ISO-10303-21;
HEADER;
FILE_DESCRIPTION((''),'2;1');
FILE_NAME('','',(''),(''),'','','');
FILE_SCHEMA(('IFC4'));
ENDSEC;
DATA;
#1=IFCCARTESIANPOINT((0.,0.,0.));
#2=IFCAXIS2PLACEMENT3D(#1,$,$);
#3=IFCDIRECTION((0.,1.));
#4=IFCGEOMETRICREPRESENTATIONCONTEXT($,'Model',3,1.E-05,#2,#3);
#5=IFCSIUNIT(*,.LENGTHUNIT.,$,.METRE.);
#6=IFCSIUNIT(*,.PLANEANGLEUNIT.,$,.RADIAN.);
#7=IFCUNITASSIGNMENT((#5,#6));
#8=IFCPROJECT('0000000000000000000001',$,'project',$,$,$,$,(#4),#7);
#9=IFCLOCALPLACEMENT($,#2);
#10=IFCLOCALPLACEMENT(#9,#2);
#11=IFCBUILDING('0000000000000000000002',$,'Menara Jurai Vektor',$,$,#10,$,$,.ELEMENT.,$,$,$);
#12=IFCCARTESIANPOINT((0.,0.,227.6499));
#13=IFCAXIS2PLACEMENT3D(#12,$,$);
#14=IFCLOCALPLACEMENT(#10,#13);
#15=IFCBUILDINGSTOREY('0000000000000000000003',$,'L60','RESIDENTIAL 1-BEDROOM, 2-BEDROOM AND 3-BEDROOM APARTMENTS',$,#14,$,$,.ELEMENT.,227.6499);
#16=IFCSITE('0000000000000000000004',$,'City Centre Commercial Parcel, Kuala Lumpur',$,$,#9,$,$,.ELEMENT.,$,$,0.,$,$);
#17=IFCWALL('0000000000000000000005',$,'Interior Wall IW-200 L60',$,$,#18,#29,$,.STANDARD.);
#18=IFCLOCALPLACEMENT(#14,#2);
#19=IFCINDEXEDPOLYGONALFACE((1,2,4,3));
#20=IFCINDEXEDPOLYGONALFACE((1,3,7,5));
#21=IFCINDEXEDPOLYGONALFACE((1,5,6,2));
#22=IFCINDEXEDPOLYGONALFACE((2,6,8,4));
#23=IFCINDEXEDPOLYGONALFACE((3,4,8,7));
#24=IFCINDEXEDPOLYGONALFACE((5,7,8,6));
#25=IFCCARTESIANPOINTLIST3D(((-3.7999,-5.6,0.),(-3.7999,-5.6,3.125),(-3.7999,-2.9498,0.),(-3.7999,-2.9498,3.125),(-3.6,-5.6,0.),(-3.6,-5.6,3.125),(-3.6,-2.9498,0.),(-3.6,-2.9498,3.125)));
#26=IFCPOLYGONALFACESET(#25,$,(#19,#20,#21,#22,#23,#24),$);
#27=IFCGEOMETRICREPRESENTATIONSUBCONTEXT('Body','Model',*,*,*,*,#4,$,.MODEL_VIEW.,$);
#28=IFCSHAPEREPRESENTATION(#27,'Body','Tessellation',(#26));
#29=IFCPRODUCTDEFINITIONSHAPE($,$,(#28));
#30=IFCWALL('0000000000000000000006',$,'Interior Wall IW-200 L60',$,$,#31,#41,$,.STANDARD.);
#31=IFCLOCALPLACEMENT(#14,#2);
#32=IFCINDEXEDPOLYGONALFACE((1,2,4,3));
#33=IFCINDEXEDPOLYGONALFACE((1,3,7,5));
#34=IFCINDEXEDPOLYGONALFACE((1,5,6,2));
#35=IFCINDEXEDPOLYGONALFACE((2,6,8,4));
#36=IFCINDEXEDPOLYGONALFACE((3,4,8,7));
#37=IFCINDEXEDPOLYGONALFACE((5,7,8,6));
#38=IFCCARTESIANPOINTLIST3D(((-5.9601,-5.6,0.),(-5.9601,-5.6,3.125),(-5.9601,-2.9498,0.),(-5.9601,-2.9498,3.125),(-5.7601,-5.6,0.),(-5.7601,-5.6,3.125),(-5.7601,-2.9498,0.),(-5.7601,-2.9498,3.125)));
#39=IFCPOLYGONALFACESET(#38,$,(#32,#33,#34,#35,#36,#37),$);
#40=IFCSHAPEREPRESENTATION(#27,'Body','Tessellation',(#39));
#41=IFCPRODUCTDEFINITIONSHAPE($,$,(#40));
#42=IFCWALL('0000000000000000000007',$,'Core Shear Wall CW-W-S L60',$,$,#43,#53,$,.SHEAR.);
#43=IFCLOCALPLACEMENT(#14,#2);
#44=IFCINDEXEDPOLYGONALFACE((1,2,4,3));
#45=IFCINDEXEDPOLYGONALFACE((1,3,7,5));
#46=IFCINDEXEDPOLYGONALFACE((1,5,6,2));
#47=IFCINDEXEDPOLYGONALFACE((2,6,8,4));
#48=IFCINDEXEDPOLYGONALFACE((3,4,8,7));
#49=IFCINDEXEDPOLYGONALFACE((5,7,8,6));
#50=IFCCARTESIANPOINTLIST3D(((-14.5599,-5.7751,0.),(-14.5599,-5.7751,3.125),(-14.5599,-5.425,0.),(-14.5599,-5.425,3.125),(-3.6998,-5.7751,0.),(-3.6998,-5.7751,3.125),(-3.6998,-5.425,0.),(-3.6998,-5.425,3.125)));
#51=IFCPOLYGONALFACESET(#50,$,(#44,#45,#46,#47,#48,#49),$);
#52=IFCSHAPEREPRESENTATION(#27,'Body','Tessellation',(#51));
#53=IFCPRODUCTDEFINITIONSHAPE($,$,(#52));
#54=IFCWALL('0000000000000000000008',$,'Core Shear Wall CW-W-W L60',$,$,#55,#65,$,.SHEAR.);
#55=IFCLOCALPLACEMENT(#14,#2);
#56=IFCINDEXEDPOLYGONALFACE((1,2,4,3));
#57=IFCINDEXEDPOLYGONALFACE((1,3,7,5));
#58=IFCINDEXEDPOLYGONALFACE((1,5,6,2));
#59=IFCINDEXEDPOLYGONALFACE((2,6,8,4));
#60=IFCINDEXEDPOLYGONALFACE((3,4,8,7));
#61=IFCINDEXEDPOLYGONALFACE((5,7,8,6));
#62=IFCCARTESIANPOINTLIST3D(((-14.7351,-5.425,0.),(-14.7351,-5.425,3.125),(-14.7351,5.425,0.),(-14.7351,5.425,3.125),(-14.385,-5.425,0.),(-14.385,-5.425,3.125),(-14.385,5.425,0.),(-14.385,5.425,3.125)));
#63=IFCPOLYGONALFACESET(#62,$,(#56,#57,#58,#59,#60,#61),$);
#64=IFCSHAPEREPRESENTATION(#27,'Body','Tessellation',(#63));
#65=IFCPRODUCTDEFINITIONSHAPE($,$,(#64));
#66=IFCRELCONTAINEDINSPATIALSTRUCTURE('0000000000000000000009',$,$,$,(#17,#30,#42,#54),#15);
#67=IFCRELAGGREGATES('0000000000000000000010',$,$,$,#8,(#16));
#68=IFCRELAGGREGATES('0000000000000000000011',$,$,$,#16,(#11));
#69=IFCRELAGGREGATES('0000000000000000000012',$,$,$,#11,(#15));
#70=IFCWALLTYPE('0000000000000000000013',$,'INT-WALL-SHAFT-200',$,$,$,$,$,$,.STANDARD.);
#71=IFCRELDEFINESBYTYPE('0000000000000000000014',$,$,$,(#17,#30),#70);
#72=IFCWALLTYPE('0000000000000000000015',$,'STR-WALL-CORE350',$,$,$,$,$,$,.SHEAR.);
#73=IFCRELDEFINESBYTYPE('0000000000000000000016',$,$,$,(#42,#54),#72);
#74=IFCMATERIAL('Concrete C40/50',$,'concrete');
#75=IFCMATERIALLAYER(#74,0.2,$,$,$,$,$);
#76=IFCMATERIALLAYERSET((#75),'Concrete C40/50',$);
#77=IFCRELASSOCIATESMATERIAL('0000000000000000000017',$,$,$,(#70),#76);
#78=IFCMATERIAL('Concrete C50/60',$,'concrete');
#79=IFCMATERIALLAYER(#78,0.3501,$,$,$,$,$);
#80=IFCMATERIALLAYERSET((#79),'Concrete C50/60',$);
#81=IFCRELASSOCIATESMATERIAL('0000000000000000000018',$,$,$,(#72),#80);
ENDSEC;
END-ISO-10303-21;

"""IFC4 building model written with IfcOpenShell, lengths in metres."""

from ifc_helpers import new_model, si_unit, direction, frame, frame_2d, origin, place, context, subcontext, project, spatial, rectangle, extrude, material, layer, layer_set, type_object, element, save


model = new_model("IFC4")

# Units and contexts
model_context = context("Model", 3, precision=1e-05, world=origin(), true_north=direction((0.0, 1.0)))
body_context = subcontext(model_context, "Body", "Model", "MODEL_VIEW")
ifc_project = project(units=[si_unit("LENGTHUNIT", "METRE"), si_unit("PLANEANGLEUNIT", "RADIAN")], contexts=[model_context])

# Site, building, storey
site_placement = place(None, origin())
site = spatial("IfcSite", under=ifc_project, at=site_placement, Name="City Centre Commercial Parcel, Kuala Lumpur", CompositionType="ELEMENT", RefElevation=0.0)
building_placement = place(site_placement, origin())
building = spatial("IfcBuilding", under=site, at=building_placement, Name="Menara Jurai Vektor", CompositionType="ELEMENT")
storey_placement = place(building_placement, frame((0.0, 0.0, 227.6499)))
storey = spatial("IfcBuildingStorey", under=building, at=storey_placement, Name="L60", Description="RESIDENTIAL 1-BEDROOM, 2-BEDROOM AND 3-BEDROOM APARTMENTS", CompositionType="ELEMENT", Elevation=227.6499)

# Shared definitions
ifc_material_1 = material(Name="Concrete C50/60", Category="concrete")

# Wall
ifc_material_2 = material(Name="Concrete C40/50", Category="concrete")
ifc_layer_1 = layer(ifc_material_2, 0.2)
ifc_layer_set_1 = layer_set([ifc_layer_1], Name="Concrete C40/50")
wall_type_1 = type_object("IfcWallType", Name="INT-WALL-SHAFT-200", PredefinedType="STANDARD", material=ifc_layer_set_1)
wall_1_placement = place(storey_placement, frame((-3.7, -5.6001, 0.0), z_axis=(0.0, 0.0, 1.0), x_axis=(0.0, 1.0, 0.0)))
element("IfcWall", 1, at=wall_1_placement, inside=storey, type_object=wall_type_1, Name="Interior Wall IW-200 L60", PredefinedType="STANDARD", context=body_context, shape_type="SweptSolid", body=[
    extrude(rectangle(XDim=2.6501, YDim=0.2, at=frame_2d((1.3252, 0.0))), origin(), (0.0, 0.0, 1.0), 3.125),
])

# Walls
wall_2_placement = place(storey_placement, frame((-5.8601, -5.6001, 0.0), z_axis=(0.0, 0.0, 1.0), x_axis=(0.0, 1.0, 0.0)))
element("IfcWall", 2, at=wall_2_placement, inside=storey, type_object=wall_type_1, Name="Interior Wall IW-200 L60", PredefinedType="STANDARD", context=body_context, shape_type="SweptSolid", body=[
    extrude(rectangle(XDim=2.6501, YDim=0.2, at=frame_2d((1.3252, 0.0))), origin(), (0.0, 0.0, 1.0), 3.125),
])
ifc_layer_2 = layer(ifc_material_1, 0.3501)
ifc_layer_set_2 = layer_set([ifc_layer_2], Name="Concrete C50/60")
wall_type_2 = type_object("IfcWallType", Name="STR-WALL-CORE350", PredefinedType="SHEAR", material=ifc_layer_set_2)
wall_3_placement = place(storey_placement, frame((-14.5601, -5.6001, 0.0), z_axis=(0.0, 0.0, 1.0), x_axis=(1.0, 0.0, 0.0)))
element("IfcWall", 3, at=wall_3_placement, inside=storey, type_object=wall_type_2, Name="Core Shear Wall CW-W-S L60", PredefinedType="SHEAR", context=body_context, shape_type="SweptSolid", body=[
    extrude(rectangle(XDim=10.8601, YDim=0.3501, at=frame_2d((5.4302, 0.0))), origin(), (0.0, 0.0, 1.0), 3.125),
])
wall_4_placement = place(storey_placement, frame((-14.5601, -5.425, 0.0), z_axis=(0.0, 0.0, 1.0), x_axis=(0.0, 1.0, 0.0)))
element("IfcWall", 4, at=wall_4_placement, inside=storey, type_object=wall_type_2, Name="Core Shear Wall CW-W-W L60", PredefinedType="SHEAR", context=body_context, shape_type="SweptSolid", body=[
    extrude(rectangle(XDim=10.8501, YDim=0.3501, at=frame_2d((5.425, 0.0))), origin(), (0.0, 0.0, 1.0), 3.125),
])

save(model, "model.ifc")
